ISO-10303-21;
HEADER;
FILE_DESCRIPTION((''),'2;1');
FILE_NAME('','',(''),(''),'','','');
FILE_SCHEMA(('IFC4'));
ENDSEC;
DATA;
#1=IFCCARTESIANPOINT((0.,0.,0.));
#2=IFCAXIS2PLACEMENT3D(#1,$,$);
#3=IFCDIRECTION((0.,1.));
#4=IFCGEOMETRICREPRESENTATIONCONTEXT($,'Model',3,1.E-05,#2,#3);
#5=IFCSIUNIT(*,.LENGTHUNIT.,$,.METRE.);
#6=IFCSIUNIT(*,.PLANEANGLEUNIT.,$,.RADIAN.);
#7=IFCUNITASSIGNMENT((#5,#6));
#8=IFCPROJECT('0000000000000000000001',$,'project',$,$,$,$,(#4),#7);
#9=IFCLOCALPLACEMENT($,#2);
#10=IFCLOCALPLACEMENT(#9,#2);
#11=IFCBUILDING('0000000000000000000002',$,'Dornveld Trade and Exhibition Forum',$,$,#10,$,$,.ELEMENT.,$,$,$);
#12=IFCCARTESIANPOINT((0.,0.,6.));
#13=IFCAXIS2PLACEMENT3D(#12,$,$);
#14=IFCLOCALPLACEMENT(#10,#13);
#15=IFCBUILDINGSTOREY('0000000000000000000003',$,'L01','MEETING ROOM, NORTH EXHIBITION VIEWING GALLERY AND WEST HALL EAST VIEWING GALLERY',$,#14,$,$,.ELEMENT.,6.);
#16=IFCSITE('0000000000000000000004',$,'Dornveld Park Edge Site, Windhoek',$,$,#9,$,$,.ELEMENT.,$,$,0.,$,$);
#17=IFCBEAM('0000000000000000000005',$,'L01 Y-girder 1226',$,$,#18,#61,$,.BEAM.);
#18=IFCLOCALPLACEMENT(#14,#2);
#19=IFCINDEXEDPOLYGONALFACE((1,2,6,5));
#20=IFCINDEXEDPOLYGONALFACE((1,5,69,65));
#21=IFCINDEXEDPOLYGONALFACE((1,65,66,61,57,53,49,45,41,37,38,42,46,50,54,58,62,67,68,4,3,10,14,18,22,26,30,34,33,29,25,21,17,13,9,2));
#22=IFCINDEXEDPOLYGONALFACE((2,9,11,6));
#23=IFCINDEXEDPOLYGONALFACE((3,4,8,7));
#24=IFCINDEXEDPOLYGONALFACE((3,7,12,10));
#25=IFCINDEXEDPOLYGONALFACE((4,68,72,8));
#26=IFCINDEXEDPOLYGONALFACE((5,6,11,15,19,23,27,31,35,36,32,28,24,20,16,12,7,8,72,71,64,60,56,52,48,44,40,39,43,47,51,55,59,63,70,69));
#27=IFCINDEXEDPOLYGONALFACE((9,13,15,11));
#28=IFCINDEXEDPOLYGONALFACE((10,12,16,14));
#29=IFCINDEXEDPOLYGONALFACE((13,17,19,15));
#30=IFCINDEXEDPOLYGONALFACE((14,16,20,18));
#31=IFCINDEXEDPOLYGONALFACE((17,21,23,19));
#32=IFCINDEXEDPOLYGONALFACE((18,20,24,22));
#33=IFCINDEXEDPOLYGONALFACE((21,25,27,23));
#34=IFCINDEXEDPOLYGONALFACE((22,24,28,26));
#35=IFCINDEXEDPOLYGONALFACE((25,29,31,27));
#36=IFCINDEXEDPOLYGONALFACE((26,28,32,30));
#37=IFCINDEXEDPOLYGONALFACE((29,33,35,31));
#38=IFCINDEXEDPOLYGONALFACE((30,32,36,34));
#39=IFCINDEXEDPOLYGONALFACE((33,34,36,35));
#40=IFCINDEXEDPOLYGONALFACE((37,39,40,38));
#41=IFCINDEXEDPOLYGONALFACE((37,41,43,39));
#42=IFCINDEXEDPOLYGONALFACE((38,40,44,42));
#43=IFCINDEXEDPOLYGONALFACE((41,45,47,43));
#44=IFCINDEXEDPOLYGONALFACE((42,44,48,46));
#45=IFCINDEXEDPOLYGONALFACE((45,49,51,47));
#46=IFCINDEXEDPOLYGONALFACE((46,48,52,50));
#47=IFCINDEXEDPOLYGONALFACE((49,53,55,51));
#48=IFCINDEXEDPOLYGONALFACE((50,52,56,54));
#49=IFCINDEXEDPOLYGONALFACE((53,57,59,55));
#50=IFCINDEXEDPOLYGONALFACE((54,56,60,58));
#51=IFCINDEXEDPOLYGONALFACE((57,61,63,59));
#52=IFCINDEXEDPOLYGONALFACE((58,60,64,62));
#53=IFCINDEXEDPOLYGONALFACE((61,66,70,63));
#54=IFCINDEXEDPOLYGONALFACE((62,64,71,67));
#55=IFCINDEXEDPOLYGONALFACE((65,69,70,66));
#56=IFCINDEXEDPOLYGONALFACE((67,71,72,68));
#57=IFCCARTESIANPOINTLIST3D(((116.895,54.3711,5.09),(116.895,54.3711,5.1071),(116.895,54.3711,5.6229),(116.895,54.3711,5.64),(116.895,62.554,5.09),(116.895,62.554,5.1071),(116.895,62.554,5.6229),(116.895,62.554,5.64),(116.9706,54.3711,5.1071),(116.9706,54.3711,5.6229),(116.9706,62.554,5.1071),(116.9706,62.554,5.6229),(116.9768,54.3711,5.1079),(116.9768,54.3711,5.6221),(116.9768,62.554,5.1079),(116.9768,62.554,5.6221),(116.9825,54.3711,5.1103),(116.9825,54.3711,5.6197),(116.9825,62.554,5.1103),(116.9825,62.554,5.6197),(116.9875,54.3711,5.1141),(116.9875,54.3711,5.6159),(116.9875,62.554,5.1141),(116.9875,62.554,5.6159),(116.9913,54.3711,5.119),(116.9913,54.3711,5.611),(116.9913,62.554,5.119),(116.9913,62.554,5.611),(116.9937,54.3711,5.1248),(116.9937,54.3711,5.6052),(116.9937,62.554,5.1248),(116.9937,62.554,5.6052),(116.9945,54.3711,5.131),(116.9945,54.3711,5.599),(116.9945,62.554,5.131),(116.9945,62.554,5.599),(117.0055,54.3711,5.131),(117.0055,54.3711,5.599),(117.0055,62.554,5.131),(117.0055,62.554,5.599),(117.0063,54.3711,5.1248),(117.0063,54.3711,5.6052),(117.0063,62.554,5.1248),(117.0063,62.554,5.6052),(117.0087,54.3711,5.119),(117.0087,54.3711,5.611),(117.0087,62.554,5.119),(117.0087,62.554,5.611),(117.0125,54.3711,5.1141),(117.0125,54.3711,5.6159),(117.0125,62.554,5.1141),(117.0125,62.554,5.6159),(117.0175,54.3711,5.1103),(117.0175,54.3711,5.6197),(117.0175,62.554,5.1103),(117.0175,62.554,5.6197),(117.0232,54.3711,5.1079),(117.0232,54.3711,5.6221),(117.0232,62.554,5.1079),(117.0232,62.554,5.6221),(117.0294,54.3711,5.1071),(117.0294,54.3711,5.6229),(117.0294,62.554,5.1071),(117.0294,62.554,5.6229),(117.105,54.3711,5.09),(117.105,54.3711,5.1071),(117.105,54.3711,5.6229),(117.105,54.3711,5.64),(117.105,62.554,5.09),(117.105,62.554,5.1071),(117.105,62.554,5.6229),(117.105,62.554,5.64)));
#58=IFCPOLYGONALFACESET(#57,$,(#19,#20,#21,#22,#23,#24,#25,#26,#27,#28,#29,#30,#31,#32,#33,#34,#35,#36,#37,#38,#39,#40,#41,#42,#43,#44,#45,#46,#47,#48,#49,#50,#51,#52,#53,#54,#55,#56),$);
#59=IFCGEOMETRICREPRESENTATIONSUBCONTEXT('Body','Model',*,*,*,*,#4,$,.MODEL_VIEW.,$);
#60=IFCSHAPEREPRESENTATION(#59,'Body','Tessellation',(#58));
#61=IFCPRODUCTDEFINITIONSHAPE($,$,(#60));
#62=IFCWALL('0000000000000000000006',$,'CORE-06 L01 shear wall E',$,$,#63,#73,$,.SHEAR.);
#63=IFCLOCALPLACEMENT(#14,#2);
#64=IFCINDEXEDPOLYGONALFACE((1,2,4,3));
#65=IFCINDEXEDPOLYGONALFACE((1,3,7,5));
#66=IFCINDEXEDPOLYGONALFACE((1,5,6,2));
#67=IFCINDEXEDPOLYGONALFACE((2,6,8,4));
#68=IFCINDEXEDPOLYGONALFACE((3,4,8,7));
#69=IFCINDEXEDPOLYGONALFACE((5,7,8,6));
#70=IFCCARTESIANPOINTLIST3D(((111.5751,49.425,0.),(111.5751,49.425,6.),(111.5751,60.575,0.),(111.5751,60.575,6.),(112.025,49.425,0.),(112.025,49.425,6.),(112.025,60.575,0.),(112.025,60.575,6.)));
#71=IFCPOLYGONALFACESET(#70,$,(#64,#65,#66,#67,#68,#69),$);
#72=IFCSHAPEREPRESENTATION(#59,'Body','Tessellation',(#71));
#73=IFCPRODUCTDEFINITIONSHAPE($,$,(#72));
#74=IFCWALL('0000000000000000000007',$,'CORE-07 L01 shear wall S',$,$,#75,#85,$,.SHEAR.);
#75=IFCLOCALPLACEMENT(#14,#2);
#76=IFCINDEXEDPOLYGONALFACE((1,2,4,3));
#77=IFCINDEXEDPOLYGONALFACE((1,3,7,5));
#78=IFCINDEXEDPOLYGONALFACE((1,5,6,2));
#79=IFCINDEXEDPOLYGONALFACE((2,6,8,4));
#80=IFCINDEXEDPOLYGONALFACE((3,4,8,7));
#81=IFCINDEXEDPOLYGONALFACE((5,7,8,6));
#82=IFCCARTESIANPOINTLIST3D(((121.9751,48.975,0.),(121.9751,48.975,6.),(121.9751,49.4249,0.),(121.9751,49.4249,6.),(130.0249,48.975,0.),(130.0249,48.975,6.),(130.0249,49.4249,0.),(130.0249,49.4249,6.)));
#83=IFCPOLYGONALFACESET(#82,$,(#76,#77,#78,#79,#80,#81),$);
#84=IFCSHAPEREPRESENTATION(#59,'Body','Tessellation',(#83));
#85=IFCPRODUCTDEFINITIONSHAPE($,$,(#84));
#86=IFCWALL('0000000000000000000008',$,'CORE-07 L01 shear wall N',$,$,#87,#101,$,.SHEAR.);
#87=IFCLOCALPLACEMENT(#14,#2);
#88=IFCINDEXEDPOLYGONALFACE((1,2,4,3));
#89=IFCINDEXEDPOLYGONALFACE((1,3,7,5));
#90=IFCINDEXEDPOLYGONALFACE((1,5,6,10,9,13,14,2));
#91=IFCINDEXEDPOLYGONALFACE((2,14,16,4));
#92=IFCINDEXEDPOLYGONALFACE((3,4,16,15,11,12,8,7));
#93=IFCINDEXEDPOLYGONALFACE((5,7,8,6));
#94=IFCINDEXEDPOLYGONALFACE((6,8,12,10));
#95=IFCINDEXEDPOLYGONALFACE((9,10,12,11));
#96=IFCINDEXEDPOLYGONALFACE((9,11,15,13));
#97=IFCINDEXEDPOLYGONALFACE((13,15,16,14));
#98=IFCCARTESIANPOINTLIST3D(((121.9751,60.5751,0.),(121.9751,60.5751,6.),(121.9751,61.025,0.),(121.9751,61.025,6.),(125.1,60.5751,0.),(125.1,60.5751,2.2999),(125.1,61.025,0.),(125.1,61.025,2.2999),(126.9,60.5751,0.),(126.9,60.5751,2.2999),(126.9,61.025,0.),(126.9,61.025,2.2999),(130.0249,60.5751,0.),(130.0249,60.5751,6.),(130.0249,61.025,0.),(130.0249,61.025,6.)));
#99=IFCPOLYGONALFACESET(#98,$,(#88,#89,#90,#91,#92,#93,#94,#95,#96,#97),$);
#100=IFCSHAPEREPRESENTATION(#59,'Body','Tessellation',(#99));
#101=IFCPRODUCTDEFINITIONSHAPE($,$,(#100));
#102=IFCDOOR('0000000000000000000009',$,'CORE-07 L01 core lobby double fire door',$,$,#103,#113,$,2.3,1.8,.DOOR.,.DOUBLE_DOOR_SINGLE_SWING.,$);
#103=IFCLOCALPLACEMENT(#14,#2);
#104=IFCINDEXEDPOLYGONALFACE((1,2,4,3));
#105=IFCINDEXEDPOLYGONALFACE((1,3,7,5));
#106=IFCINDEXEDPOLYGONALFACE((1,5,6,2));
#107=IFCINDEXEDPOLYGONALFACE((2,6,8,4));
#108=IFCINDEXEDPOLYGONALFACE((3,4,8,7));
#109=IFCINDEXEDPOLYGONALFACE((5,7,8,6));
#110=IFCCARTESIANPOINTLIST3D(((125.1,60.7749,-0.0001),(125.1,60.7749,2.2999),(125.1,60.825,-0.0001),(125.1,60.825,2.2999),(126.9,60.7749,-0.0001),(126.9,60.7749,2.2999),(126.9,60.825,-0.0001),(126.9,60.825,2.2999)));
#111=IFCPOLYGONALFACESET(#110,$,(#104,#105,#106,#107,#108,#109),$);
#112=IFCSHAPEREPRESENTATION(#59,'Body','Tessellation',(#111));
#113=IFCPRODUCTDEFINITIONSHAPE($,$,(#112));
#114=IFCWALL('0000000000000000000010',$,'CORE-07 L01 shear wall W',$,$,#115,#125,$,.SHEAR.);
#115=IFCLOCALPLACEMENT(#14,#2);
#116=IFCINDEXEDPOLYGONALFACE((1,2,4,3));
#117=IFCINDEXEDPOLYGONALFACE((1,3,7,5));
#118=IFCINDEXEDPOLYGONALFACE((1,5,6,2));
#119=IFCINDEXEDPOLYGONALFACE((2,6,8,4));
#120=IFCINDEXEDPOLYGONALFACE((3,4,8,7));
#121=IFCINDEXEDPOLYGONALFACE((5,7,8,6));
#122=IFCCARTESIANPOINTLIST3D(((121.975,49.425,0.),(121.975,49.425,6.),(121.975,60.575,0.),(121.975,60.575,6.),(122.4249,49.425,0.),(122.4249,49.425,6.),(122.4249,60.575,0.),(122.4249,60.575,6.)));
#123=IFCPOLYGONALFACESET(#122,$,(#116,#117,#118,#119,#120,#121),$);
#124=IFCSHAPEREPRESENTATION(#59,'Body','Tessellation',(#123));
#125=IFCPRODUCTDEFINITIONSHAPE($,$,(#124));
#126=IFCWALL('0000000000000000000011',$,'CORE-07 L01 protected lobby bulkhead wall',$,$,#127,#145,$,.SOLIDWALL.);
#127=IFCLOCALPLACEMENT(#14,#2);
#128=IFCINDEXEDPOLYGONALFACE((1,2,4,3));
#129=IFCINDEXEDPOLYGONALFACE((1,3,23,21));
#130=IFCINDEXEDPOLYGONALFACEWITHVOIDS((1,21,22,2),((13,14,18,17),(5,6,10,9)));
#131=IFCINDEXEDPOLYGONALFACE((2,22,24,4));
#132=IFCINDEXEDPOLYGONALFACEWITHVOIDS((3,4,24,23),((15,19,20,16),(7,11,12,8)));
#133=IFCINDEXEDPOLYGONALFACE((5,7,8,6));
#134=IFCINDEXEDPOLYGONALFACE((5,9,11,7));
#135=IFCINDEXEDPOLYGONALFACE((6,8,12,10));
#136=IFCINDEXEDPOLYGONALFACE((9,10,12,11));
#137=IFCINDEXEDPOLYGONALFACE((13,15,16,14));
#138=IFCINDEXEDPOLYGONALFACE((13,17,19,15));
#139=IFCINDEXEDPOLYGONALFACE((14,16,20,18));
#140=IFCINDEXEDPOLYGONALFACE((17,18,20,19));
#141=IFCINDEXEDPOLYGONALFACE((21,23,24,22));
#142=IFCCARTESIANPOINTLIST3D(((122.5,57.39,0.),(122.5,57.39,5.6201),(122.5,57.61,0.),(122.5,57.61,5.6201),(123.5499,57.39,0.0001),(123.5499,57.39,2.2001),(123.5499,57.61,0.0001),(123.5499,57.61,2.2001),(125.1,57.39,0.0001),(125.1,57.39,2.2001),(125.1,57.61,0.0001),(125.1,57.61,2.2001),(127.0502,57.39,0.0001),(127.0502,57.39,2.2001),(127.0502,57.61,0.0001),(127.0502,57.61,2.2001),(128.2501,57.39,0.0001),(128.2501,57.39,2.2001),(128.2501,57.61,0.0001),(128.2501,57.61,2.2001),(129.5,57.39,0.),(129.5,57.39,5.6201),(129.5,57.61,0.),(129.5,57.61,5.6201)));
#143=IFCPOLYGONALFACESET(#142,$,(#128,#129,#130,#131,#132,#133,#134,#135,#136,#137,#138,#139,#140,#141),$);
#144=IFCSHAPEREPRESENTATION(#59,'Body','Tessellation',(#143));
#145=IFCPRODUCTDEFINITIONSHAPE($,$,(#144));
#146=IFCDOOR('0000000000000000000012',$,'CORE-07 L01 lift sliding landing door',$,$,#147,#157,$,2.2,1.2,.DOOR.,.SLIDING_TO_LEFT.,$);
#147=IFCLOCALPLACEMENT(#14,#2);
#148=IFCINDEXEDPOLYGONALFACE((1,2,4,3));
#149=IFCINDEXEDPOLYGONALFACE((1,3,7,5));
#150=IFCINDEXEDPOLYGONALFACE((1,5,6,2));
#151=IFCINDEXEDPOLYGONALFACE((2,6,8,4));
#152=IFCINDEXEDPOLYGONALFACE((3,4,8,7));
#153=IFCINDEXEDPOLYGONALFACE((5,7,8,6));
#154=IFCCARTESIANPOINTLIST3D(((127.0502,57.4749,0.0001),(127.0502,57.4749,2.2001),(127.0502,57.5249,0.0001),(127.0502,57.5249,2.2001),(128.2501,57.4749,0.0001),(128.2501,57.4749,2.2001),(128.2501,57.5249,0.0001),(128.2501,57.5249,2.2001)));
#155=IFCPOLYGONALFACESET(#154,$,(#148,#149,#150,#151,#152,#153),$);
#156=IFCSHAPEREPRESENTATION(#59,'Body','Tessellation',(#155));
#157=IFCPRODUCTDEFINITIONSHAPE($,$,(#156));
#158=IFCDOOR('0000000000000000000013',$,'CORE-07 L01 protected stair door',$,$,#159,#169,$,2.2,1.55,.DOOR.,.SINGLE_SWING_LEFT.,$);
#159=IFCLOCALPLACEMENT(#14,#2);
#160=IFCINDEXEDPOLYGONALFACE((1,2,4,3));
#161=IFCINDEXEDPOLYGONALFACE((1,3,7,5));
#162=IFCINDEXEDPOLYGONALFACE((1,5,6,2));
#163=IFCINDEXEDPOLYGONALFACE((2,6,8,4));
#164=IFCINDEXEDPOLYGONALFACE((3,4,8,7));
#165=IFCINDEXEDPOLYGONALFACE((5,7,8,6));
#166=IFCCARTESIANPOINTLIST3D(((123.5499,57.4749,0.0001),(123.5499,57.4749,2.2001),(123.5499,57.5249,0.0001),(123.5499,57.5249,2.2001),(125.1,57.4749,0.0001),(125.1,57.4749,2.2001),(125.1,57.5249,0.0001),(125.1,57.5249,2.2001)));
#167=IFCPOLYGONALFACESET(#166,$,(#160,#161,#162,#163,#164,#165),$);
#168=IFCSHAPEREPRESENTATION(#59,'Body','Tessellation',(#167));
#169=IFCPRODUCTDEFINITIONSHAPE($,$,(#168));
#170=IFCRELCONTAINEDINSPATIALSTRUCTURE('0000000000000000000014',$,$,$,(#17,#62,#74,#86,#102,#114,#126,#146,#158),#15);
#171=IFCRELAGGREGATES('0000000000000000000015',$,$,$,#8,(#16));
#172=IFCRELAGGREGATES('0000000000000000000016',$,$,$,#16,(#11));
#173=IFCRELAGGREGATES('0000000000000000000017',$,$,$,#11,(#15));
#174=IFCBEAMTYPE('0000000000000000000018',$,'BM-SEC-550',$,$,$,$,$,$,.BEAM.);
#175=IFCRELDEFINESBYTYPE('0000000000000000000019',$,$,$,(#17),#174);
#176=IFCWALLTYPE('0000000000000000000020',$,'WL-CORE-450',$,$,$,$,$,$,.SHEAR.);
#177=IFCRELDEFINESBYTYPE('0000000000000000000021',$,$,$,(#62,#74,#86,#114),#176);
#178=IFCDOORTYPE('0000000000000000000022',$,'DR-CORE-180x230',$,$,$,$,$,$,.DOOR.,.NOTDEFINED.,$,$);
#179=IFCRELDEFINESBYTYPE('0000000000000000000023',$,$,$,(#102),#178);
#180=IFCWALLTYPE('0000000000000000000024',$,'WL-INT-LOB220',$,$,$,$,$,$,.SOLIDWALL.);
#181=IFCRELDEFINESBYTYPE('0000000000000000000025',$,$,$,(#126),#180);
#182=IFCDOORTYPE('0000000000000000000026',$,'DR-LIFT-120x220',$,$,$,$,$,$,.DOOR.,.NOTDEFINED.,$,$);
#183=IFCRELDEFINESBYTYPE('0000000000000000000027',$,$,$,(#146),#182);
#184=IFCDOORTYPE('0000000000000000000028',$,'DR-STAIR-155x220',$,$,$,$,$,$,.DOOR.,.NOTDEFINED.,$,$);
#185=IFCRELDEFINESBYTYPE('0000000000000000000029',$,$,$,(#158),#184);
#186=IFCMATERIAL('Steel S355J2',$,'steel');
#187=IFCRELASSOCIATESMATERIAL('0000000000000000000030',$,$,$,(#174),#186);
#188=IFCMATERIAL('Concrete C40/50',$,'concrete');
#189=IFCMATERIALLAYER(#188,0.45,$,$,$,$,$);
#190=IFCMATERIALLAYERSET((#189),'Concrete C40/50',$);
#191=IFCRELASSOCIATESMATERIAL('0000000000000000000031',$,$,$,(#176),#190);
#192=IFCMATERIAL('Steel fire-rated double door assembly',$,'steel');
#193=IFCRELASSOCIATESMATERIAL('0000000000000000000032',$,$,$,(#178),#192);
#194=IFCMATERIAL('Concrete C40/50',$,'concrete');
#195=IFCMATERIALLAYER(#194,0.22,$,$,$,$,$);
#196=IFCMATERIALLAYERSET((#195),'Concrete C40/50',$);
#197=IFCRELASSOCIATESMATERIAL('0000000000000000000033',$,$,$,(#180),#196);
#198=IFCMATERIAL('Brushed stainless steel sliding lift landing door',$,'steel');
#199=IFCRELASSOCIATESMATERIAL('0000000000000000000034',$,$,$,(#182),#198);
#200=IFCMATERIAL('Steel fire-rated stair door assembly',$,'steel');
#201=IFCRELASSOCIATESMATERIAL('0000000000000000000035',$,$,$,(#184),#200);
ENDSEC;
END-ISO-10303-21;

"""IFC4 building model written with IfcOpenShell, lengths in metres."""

from ifc_helpers import new_model, si_unit, direction, frame, frame_2d, origin, origin_2d, place, context, subcontext, project, spatial, rectangle, i_section, extrude, material, layer, layer_set, material_profile, profile_set, type_object, element, fill, save


model = new_model("IFC4")

# Units and contexts
model_context = context("Model", 3, precision=1e-05, world=origin(), true_north=direction((0.0, 1.0)))
body_context = subcontext(model_context, "Body", "Model", "MODEL_VIEW")
ifc_project = project(units=[si_unit("LENGTHUNIT", "METRE"), si_unit("PLANEANGLEUNIT", "RADIAN")], contexts=[model_context])

# Site, building, storey
site_placement = place(None, origin())
site = spatial("IfcSite", under=ifc_project, at=site_placement, Name="Dornveld Park Edge Site, Windhoek", CompositionType="ELEMENT", RefElevation=0.0)
building_placement = place(site_placement, origin())
building = spatial("IfcBuilding", under=site, at=building_placement, Name="Dornveld Trade and Exhibition Forum", CompositionType="ELEMENT")
storey_placement = place(building_placement, frame((0.0, 0.0, 6.0)))
storey = spatial("IfcBuildingStorey", under=building, at=storey_placement, Name="L01", Description="MEETING ROOM, NORTH EXHIBITION VIEWING GALLERY AND WEST HALL EAST VIEWING GALLERY", CompositionType="ELEMENT", Elevation=6.0)

# Beam
ifc_material_1 = material(Name="Steel S355J2", Category="steel")
ifc_material_profile_1 = material_profile(ifc_material_1, i_section(OverallWidth=0.21, OverallDepth=0.55, WebThickness=0.011, FlangeThickness=0.0171, FilletRadius=0.0239, at=origin_2d()), Name="IPE 550")
ifc_profile_set_1 = profile_set([ifc_material_profile_1], Name="Steel S355J2")
beam_type_1 = type_object("IfcBeamType", Name="BM-SEC-550", PredefinedType="BEAM", material=ifc_profile_set_1)
beam_1_placement = place(storey_placement, frame((117.0, 54.3711, 5.365), z_axis=(0.0, 1.0, 0.0), x_axis=(-1.0, 0.0, 0.0)))
element("IfcBeam", 1, at=beam_1_placement, inside=storey, type_object=beam_type_1, Name="L01 Y-girder 1226", PredefinedType="BEAM", context=body_context, shape_type="SweptSolid", body=[
    extrude(i_section(OverallWidth=0.21, OverallDepth=0.55, WebThickness=0.011, FlangeThickness=0.0171, FilletRadius=0.0239, at=origin_2d()), origin(), (0.0, 0.0, 1.0), 8.1829),
])

# Walls
ifc_material_2 = material(Name="Concrete C40/50", Category="concrete")
ifc_layer_1 = layer(ifc_material_2, 0.45)
ifc_layer_set_1 = layer_set([ifc_layer_1], Name="Concrete C40/50")
wall_type_1 = type_object("IfcWallType", Name="WL-CORE-450", PredefinedType="SHEAR", material=ifc_layer_set_1)
wall_1_placement = place(storey_placement, frame((111.8, 49.425, 0.0), z_axis=(0.0, 0.0, 1.0), x_axis=(0.0, 1.0, 0.0)))
element("IfcWall", 2, at=wall_1_placement, inside=storey, type_object=wall_type_1, Name="CORE-06 L01 shear wall E", PredefinedType="SHEAR", context=body_context, shape_type="SweptSolid", body=[
    extrude(rectangle(XDim=11.1499, YDim=0.45, at=frame_2d((5.575, 0.0))), origin(), (0.0, 0.0, 1.0), 6.0),
])
wall_2_placement = place(storey_placement, frame((121.9751, 49.2, 0.0), z_axis=(0.0, 0.0, 1.0), x_axis=(1.0, 0.0, 0.0)))
element("IfcWall", 3, at=wall_2_placement, inside=storey, type_object=wall_type_1, Name="CORE-07 L01 shear wall S", PredefinedType="SHEAR", context=body_context, shape_type="SweptSolid", body=[
    extrude(rectangle(XDim=8.0498, YDim=0.45, at=frame_2d((4.0249, 0.0))), origin(), (0.0, 0.0, 1.0), 6.0),
])

# Wall, opening, door
wall_3_placement = place(storey_placement, frame((121.9751, 60.8, 0.0), z_axis=(0.0, 0.0, 1.0), x_axis=(1.0, 0.0, 0.0)))
wall_3 = element("IfcWall", 4, at=wall_3_placement, inside=storey, type_object=wall_type_1, Name="CORE-07 L01 shear wall N", PredefinedType="SHEAR", context=body_context, shape_type="SweptSolid", body=[
    extrude(rectangle(XDim=8.0498, YDim=0.45, at=frame_2d((4.0249, 0.0))), origin(), (0.0, 0.0, 1.0), 6.0),
])
opening_1_placement = place(wall_3_placement, frame((3.125, 0.0, 0.0)))
opening_1 = element("IfcOpeningElement", 5, at=opening_1_placement, cuts=wall_3, PredefinedType="OPENING", context=body_context, shape_type="SweptSolid", body=[
    extrude(rectangle(XDim=1.8, YDim=2.3, at=frame_2d((0.8999, 1.1499))), frame((0.0, 0.2349, 0.0), z_axis=(0.0, -1.0, 0.0), x_axis=(1.0, 0.0, 0.0)), (0.0, 0.0, 1.0), 0.47),
])
ifc_material_3 = material(Name="Steel fire-rated double door assembly", Category="steel")
door_type_1 = type_object("IfcDoorType", Name="DR-CORE-180x230", OperationType="NOTDEFINED", PredefinedType="DOOR", material=ifc_material_3)
door_1_placement = place(opening_1_placement, origin())
door_1 = element("IfcDoor", 6, at=door_1_placement, inside=storey, type_object=door_type_1, Name="CORE-07 L01 core lobby double fire door", OperationType="DOUBLE_DOOR_SINGLE_SWING", OverallHeight=2.3, OverallWidth=1.8, PredefinedType="DOOR", context=body_context, shape_type="SweptSolid", body=[
    extrude(rectangle(XDim=1.8, YDim=2.3, at=frame_2d((0.8999, 1.1499))), frame((0.0, 0.0249, 0.0), z_axis=(0.0, -1.0, 0.0), x_axis=(1.0, 0.0, 0.0)), (0.0, 0.0, 1.0), 0.05),
])
fill(opening_1, door_1)

# Wall
wall_4_placement = place(storey_placement, frame((122.2, 49.425, 0.0), z_axis=(0.0, 0.0, 1.0), x_axis=(0.0, 1.0, 0.0)))
element("IfcWall", 7, at=wall_4_placement, inside=storey, type_object=wall_type_1, Name="CORE-07 L01 shear wall W", PredefinedType="SHEAR", context=body_context, shape_type="SweptSolid", body=[
    extrude(rectangle(XDim=11.1499, YDim=0.45, at=frame_2d((5.575, 0.0))), origin(), (0.0, 0.0, 1.0), 6.0),
])

# Wall, openings, doors
ifc_material_4 = material(Name="Concrete C40/50", Category="concrete")
ifc_layer_2 = layer(ifc_material_4, 0.22)
ifc_layer_set_2 = layer_set([ifc_layer_2], Name="Concrete C40/50")
wall_type_2 = type_object("IfcWallType", Name="WL-INT-LOB220", PredefinedType="SOLIDWALL", material=ifc_layer_set_2)
wall_5_placement = place(storey_placement, frame((122.5, 57.5, 0.0), z_axis=(0.0, 0.0, 1.0), x_axis=(1.0, 0.0, 0.0)))
wall_5 = element("IfcWall", 8, at=wall_5_placement, inside=storey, type_object=wall_type_2, Name="CORE-07 L01 protected lobby bulkhead wall", PredefinedType="SOLIDWALL", context=body_context, shape_type="SweptSolid", body=[
    extrude(rectangle(XDim=7.0, YDim=0.22, at=frame_2d((3.5, 0.0))), origin(), (0.0, 0.0, 1.0), 5.6201),
])
opening_2_placement = place(wall_5_placement, frame((1.05, 0.0, 0.0)))
opening_2 = element("IfcOpeningElement", 9, at=opening_2_placement, cuts=wall_5, PredefinedType="OPENING", context=body_context, shape_type="SweptSolid", body=[
    extrude(rectangle(XDim=1.55, YDim=2.2, at=frame_2d((0.7749, 1.1001))), frame((0.0, 0.1199, 0.0), z_axis=(0.0, -1.0, 0.0), x_axis=(1.0, 0.0, 0.0)), (0.0, 0.0, 1.0), 0.24),
])
opening_3_placement = place(wall_5_placement, frame((4.55, 0.0, 0.0)))
opening_3 = element("IfcOpeningElement", 10, at=opening_3_placement, cuts=wall_5, PredefinedType="OPENING", context=body_context, shape_type="SweptSolid", body=[
    extrude(rectangle(XDim=1.2, YDim=2.2, at=frame_2d((0.6001, 1.1001))), frame((0.0, 0.1199, 0.0), z_axis=(0.0, -1.0, 0.0), x_axis=(1.0, 0.0, 0.0)), (0.0, 0.0, 1.0), 0.24),
])
ifc_material_5 = material(Name="Brushed stainless steel sliding lift landing door", Category="steel")
door_type_2 = type_object("IfcDoorType", Name="DR-LIFT-120x220", OperationType="NOTDEFINED", PredefinedType="DOOR", material=ifc_material_5)
door_2_placement = place(opening_3_placement, origin())
door_2 = element("IfcDoor", 11, at=door_2_placement, inside=storey, type_object=door_type_2, Name="CORE-07 L01 lift sliding landing door", OperationType="SLIDING_TO_LEFT", OverallHeight=2.2, OverallWidth=1.2, PredefinedType="DOOR", context=body_context, shape_type="SweptSolid", body=[
    extrude(rectangle(XDim=1.2, YDim=2.2, at=frame_2d((0.6001, 1.1001))), frame((0.0, 0.0249, 0.0), z_axis=(0.0, -1.0, 0.0), x_axis=(1.0, 0.0, 0.0)), (0.0, 0.0, 1.0), 0.05),
])
fill(opening_3, door_2)
ifc_material_6 = material(Name="Steel fire-rated stair door assembly", Category="steel")
door_type_3 = type_object("IfcDoorType", Name="DR-STAIR-155x220", OperationType="NOTDEFINED", PredefinedType="DOOR", material=ifc_material_6)
door_3_placement = place(opening_2_placement, origin())
door_3 = element("IfcDoor", 12, at=door_3_placement, inside=storey, type_object=door_type_3, Name="CORE-07 L01 protected stair door", OperationType="SINGLE_SWING_LEFT", OverallHeight=2.2, OverallWidth=1.55, PredefinedType="DOOR", context=body_context, shape_type="SweptSolid", body=[
    extrude(rectangle(XDim=1.55, YDim=2.2, at=frame_2d((0.7749, 1.1001))), frame((0.0, 0.0249, 0.0), z_axis=(0.0, -1.0, 0.0), x_axis=(1.0, 0.0, 0.0)), (0.0, 0.0, 1.0), 0.05),
])
fill(opening_2, door_3)

save(model, "model.ifc")
